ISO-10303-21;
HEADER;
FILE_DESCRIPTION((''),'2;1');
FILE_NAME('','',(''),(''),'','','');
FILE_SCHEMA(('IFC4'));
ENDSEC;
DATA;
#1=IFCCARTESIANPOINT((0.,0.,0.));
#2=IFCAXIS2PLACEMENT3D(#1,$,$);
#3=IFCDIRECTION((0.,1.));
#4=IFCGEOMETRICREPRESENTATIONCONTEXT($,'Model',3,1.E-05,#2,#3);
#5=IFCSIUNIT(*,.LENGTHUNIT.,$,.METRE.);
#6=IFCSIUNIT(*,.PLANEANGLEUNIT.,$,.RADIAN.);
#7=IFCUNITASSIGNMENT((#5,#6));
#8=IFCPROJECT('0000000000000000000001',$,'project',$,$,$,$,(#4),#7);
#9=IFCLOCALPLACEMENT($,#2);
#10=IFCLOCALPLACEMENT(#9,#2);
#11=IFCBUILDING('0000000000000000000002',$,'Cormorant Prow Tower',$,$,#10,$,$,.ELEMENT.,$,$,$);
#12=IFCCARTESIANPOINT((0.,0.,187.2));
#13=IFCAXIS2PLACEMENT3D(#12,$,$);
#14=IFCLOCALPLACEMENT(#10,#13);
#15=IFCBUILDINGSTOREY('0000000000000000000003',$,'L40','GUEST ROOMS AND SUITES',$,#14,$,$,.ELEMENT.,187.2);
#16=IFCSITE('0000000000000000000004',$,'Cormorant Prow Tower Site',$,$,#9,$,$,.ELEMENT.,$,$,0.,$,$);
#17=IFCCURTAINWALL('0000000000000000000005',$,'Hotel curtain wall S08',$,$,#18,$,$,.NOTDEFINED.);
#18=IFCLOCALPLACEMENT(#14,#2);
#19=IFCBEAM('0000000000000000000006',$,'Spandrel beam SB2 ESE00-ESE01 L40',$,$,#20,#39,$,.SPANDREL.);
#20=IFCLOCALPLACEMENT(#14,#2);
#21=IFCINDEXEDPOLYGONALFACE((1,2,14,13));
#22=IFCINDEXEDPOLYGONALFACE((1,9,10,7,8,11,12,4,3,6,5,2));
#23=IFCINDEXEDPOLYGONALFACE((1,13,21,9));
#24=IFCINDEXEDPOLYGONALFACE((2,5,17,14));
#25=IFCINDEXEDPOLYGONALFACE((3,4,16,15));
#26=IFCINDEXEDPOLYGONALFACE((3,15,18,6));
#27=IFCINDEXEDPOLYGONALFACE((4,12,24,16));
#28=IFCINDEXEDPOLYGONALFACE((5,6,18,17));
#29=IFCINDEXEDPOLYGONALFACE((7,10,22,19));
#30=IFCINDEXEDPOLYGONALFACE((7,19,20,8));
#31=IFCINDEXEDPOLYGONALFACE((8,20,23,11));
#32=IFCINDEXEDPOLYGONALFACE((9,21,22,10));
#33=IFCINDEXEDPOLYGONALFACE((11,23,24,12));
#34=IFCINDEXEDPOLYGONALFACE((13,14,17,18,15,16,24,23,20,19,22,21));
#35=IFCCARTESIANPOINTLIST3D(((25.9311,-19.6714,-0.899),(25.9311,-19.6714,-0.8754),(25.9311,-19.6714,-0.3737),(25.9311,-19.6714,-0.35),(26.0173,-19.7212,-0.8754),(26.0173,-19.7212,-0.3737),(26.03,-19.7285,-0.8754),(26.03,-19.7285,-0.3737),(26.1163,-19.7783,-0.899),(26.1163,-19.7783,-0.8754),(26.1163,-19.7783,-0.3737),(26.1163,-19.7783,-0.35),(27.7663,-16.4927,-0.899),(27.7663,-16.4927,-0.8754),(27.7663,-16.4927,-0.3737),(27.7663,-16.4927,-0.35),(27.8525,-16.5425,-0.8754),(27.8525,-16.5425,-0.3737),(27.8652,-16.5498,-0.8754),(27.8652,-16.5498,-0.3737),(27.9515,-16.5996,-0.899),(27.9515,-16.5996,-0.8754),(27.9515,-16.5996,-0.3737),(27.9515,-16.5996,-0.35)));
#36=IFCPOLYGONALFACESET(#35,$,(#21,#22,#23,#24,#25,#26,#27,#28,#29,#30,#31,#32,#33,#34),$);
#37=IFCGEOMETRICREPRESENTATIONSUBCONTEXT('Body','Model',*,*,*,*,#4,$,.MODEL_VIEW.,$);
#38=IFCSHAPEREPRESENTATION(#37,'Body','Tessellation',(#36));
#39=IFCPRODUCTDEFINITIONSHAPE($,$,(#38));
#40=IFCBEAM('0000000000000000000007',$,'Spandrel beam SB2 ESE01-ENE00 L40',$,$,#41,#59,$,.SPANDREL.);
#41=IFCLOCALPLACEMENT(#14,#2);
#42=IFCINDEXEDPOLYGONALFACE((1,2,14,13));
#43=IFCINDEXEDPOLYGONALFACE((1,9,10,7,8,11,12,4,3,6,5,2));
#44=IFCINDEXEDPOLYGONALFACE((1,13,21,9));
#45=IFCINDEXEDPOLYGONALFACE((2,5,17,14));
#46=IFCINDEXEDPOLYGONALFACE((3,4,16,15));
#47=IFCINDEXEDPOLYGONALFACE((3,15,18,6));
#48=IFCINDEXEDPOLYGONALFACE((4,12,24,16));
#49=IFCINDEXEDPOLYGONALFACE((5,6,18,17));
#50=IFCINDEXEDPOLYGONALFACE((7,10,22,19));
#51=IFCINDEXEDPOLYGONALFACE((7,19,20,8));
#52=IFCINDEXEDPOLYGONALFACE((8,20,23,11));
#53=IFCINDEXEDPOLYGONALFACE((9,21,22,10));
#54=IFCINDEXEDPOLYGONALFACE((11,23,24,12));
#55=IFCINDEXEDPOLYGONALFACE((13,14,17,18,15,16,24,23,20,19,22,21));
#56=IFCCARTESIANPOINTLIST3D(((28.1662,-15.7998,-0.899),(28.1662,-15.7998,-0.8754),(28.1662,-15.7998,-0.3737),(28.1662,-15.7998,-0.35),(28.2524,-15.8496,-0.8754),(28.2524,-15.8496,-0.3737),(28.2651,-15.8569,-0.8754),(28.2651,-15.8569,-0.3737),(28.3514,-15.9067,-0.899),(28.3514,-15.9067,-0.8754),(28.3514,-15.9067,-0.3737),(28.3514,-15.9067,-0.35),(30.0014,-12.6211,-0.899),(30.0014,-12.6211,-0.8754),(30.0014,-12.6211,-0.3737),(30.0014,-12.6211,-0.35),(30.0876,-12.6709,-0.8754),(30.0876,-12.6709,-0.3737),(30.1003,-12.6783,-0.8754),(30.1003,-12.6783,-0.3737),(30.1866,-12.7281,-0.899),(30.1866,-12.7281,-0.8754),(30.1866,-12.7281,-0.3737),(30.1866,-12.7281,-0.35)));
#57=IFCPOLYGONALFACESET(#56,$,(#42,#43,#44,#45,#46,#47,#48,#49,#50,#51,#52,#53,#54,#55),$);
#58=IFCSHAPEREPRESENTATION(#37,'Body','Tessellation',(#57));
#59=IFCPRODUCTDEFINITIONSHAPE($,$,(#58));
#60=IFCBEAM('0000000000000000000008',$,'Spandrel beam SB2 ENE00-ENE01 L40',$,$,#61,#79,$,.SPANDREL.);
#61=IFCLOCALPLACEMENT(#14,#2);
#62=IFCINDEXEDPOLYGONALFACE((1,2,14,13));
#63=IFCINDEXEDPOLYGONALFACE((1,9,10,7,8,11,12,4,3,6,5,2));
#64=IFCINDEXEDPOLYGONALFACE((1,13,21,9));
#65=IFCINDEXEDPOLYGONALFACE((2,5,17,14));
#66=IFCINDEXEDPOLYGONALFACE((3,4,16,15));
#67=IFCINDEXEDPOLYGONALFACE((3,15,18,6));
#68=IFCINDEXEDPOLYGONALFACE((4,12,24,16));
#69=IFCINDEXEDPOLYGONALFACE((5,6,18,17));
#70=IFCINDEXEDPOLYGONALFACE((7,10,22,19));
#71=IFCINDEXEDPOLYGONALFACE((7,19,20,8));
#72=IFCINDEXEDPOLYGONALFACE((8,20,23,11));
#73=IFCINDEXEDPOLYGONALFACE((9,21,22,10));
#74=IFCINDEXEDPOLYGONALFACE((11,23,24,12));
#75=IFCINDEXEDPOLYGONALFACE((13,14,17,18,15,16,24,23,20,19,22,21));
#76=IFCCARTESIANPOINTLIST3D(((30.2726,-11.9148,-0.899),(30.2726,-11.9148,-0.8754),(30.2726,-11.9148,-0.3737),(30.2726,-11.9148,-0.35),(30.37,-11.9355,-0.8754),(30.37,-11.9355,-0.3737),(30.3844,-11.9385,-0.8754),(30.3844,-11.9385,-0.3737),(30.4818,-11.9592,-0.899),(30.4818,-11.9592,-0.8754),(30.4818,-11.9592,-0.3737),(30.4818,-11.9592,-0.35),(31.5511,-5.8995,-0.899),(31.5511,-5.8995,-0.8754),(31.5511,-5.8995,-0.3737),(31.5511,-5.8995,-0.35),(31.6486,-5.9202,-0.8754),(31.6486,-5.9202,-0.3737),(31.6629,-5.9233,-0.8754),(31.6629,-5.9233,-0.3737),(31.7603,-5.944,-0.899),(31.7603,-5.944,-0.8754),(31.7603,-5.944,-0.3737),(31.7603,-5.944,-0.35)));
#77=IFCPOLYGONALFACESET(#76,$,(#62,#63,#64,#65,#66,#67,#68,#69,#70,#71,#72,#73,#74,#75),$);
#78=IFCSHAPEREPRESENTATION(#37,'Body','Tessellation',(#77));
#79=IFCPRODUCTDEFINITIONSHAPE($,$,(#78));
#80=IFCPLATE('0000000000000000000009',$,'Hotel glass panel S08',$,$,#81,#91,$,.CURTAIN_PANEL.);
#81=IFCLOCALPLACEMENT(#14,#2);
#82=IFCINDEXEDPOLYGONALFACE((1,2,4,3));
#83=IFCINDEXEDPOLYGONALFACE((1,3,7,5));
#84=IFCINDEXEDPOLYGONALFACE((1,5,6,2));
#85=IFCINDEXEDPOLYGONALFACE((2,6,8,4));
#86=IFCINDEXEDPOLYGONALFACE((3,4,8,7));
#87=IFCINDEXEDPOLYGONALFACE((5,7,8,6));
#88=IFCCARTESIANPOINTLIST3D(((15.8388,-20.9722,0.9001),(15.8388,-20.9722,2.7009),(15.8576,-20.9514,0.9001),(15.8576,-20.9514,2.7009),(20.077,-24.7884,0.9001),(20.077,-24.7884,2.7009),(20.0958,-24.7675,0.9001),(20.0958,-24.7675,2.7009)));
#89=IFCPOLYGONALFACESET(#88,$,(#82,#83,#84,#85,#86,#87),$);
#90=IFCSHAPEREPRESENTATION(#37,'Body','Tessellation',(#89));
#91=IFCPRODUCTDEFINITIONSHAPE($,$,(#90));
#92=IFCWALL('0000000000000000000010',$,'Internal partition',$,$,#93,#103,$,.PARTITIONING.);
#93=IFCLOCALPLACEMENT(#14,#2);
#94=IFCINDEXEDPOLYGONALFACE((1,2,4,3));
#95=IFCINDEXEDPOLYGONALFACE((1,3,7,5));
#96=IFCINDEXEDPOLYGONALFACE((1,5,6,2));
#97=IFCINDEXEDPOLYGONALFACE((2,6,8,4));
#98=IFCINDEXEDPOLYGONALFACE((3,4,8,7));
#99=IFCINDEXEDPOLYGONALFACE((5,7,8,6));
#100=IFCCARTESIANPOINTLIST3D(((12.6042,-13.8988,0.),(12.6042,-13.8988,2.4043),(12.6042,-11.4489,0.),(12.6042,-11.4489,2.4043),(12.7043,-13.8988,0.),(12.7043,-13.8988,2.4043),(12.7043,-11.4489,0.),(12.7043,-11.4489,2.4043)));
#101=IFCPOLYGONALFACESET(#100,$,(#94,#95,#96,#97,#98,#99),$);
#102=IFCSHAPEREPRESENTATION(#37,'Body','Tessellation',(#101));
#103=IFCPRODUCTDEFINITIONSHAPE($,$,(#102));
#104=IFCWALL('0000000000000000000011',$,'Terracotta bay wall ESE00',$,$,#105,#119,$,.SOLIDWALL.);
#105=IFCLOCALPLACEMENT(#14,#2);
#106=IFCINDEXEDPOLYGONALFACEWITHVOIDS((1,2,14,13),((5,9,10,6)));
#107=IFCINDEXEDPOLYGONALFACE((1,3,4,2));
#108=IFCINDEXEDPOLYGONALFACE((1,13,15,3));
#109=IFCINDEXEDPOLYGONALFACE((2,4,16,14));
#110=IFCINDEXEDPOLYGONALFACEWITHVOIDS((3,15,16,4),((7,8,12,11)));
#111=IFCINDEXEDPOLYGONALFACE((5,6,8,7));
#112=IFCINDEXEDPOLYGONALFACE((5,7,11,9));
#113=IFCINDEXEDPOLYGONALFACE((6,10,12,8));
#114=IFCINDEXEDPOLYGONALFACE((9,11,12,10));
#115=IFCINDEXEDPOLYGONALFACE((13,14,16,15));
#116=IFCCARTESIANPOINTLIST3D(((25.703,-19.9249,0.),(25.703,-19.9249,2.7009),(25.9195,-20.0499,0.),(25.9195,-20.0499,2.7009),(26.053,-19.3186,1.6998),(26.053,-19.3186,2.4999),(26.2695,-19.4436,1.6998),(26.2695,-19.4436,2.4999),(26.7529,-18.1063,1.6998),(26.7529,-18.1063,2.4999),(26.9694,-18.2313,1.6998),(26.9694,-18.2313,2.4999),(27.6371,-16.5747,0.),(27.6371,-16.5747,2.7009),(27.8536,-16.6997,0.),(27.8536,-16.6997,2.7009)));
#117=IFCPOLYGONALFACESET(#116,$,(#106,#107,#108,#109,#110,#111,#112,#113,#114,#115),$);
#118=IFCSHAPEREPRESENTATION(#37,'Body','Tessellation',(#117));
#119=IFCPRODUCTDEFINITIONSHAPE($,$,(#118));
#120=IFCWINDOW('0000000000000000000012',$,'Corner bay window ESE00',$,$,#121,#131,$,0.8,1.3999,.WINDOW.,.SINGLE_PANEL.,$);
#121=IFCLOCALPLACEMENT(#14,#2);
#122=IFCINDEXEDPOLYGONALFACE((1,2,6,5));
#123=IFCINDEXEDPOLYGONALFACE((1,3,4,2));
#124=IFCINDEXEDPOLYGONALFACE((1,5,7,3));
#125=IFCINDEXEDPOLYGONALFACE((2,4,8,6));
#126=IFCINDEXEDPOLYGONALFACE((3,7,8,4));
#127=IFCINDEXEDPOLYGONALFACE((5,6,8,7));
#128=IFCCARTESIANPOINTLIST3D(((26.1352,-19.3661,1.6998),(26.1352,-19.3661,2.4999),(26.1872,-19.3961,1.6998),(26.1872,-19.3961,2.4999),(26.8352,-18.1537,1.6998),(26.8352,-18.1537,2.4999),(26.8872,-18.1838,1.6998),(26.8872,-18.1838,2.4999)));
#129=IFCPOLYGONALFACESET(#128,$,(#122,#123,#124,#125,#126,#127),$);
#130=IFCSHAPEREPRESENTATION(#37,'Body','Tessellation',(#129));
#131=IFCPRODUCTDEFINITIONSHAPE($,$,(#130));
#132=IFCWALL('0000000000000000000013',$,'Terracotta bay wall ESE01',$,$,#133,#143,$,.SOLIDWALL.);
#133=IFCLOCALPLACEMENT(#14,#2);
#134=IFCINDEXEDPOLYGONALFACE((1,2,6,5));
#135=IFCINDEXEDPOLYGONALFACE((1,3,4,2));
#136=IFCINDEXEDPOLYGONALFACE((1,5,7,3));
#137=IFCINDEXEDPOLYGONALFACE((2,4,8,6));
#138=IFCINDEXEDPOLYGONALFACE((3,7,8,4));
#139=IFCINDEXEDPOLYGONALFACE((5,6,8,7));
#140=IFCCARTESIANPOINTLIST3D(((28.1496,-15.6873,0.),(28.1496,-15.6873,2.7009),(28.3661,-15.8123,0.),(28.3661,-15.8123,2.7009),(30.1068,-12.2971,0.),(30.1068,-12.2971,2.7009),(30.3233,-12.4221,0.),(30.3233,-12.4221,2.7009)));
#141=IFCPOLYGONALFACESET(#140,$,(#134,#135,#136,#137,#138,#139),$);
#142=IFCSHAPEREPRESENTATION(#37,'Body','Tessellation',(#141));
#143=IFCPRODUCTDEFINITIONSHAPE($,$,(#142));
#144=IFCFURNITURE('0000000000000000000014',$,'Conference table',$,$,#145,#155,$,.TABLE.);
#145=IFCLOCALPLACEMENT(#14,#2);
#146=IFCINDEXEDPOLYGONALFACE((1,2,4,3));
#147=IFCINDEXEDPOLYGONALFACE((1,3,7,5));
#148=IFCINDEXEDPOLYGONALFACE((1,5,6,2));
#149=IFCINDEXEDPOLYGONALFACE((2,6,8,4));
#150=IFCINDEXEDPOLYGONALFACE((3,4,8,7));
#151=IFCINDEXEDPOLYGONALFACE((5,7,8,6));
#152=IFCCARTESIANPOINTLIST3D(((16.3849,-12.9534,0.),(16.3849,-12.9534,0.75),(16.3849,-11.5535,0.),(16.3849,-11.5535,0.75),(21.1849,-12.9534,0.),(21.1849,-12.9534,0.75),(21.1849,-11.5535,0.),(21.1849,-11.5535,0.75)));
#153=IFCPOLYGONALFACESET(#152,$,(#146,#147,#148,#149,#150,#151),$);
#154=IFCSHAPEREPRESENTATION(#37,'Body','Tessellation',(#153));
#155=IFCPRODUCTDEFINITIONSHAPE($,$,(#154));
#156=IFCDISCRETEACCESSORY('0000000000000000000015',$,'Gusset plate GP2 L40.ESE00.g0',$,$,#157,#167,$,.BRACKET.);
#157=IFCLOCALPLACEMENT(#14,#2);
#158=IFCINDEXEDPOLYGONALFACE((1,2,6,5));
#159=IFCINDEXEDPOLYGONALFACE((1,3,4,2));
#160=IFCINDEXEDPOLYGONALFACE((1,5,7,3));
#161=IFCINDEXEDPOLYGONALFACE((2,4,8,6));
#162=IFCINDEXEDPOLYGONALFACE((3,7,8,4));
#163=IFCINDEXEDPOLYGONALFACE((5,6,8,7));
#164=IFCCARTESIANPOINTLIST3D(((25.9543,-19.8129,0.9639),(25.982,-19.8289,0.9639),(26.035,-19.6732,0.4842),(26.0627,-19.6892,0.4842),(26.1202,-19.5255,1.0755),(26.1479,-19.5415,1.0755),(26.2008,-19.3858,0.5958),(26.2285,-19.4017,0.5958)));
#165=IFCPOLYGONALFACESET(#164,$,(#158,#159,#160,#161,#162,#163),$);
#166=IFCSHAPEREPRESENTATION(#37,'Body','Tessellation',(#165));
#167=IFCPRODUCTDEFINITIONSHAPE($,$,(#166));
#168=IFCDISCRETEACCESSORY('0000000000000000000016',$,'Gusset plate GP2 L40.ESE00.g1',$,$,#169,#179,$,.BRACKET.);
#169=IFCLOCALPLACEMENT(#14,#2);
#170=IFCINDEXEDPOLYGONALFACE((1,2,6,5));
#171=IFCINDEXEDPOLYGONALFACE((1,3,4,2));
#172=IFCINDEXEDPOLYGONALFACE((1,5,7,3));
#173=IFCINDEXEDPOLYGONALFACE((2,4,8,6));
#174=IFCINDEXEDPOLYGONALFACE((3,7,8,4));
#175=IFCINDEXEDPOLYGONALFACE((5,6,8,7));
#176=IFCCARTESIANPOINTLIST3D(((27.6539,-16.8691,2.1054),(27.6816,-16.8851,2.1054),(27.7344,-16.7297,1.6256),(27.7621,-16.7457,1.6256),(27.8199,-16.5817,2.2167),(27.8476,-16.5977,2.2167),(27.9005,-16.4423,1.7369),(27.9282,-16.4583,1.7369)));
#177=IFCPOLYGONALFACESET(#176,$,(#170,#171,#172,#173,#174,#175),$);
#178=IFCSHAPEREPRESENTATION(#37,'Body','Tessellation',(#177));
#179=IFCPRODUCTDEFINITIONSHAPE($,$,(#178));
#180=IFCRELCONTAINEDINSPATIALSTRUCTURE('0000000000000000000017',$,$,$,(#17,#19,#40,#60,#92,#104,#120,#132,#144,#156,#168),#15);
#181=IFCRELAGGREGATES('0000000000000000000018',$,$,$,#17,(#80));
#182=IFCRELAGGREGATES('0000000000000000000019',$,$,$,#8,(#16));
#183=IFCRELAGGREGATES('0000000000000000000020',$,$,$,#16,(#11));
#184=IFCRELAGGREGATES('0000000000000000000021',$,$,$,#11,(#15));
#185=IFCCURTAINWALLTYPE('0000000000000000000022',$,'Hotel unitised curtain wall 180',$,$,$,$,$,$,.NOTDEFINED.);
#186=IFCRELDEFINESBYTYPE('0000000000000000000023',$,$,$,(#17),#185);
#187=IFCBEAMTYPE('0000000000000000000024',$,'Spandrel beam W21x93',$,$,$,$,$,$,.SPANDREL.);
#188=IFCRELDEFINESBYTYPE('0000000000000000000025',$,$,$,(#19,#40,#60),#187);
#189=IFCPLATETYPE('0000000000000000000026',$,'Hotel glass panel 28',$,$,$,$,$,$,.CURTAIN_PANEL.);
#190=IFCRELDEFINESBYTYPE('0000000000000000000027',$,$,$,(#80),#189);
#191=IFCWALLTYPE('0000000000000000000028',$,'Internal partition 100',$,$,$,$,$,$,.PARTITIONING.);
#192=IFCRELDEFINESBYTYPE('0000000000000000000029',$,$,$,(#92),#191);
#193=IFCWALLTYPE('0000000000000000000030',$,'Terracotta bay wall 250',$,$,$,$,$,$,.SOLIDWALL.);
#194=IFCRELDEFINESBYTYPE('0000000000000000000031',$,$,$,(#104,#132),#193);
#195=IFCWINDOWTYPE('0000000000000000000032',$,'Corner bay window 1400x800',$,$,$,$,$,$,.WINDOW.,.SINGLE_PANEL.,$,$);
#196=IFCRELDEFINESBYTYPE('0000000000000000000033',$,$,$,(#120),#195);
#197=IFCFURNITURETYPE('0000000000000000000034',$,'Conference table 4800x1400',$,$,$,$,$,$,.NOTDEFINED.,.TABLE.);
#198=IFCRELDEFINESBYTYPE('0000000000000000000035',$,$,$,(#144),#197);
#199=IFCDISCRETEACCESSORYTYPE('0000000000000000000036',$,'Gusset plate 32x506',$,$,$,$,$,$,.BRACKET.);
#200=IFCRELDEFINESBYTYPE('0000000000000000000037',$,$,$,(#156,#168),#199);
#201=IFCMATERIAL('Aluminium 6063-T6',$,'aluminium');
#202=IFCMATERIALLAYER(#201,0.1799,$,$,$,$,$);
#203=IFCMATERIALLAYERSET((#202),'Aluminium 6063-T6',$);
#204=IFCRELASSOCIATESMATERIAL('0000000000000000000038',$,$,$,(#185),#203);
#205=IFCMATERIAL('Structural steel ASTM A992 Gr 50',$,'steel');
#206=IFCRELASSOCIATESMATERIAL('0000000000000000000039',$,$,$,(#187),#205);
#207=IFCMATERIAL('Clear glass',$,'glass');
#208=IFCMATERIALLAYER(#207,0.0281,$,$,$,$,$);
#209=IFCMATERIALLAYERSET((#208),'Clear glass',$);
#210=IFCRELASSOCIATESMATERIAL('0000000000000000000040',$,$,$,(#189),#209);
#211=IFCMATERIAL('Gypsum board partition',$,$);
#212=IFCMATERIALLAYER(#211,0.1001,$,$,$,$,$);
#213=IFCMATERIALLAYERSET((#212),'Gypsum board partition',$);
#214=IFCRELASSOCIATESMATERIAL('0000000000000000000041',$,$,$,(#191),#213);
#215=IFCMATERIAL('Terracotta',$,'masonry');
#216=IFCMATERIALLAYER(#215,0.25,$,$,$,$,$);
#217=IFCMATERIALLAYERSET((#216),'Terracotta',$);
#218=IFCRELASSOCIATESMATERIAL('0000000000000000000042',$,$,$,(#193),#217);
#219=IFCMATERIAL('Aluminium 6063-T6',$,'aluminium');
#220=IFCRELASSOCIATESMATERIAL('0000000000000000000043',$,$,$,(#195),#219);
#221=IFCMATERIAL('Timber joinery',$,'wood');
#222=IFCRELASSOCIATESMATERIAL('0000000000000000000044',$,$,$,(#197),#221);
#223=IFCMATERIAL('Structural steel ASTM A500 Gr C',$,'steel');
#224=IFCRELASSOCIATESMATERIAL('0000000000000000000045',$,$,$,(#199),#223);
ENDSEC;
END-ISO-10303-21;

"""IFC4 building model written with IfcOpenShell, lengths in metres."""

from ifc_helpers import new_model, si_unit, direction, frame, frame_2d, origin, origin_2d, place, context, subcontext, project, spatial, rectangle, i_section, extrude, material, layer, layer_set, material_profile, profile_set, type_object, element, fill, aggregate, save


model = new_model("IFC4")

# Units and contexts
model_context = context("Model", 3, precision=1e-05, world=origin(), true_north=direction((0.0, 1.0)))
body_context = subcontext(model_context, "Body", "Model", "MODEL_VIEW")
ifc_project = project(units=[si_unit("LENGTHUNIT", "METRE"), si_unit("PLANEANGLEUNIT", "RADIAN")], contexts=[model_context])

# Site, building, storey
site_placement = place(None, origin())
site = spatial("IfcSite", under=ifc_project, at=site_placement, Name="Cormorant Prow Tower Site", CompositionType="ELEMENT", RefElevation=0.0)
building_placement = place(site_placement, origin())
building = spatial("IfcBuilding", under=site, at=building_placement, Name="Cormorant Prow Tower", CompositionType="ELEMENT")
storey_placement = place(building_placement, frame((0.0, 0.0, 187.2)))
storey = spatial("IfcBuildingStorey", under=building, at=storey_placement, Name="L40", Description="GUEST ROOMS AND SUITES", CompositionType="ELEMENT", Elevation=187.2)

# Curtain wall
ifc_material_1 = material(Name="Aluminium 6063-T6", Category="aluminium")
ifc_layer_1 = layer(ifc_material_1, 0.1799)
ifc_layer_set_1 = layer_set([ifc_layer_1], Name="Aluminium 6063-T6")
curtain_wall_type = type_object("IfcCurtainWallType", Name="Hotel unitised curtain wall 180", PredefinedType="NOTDEFINED", material=ifc_layer_set_1)
curtain_wall_placement = place(storey_placement, origin())
curtain_wall = element("IfcCurtainWall", 1, at=curtain_wall_placement, inside=storey, type_object=curtain_wall_type, Name="Hotel curtain wall S08", PredefinedType="NOTDEFINED")

# Beams
ifc_material_2 = material(Name="Structural steel ASTM A992 Gr 50", Category="steel")
ifc_material_profile_1 = material_profile(ifc_material_2, i_section(OverallWidth=0.2139, OverallDepth=0.5491, WebThickness=0.0146, FlangeThickness=0.0237, at=origin_2d()), Name="W21x93")
ifc_profile_set_1 = profile_set([ifc_material_profile_1], Name="Structural steel ASTM A992 Gr 50")
beam_type = type_object("IfcBeamType", Name="Spandrel beam W21x93", PredefinedType="SPANDREL", material=ifc_profile_set_1)
for number, where, z_axis, x_axis, name in (
    (2, (26.0237, -19.7249, -0.6245), (0.499995, 0.866028, 0.0), (-0.866028, 0.499995, 0.0), "Spandrel beam SB2 ESE00-ESE01 L40"),
    (3, (28.2588, -15.8533, -0.6245), (0.499995, 0.866028, 0.0), (-0.866028, 0.499995, 0.0), "Spandrel beam SB2 ESE01-ENE00 L40"),
):
    element("IfcBeam", number, at=place(storey_placement, frame(where, z_axis=z_axis, x_axis=x_axis)), inside=storey, type_object=beam_type, Name=name, PredefinedType="SPANDREL", context=body_context, shape_type="SweptSolid", body=[
        extrude(i_section(OverallWidth=0.2139, OverallDepth=0.5491, WebThickness=0.0146, FlangeThickness=0.0237, at=origin_2d()), origin(), (0.0, 0.0, 1.0), 3.6704),
    ])
beam_1_placement = place(storey_placement, frame((30.3772, -11.937, -0.6245), z_axis=(0.207905, 0.978149, 0.0), x_axis=(-0.978149, 0.207905, 0.0)))
element("IfcBeam", 4, at=beam_1_placement, inside=storey, type_object=beam_type, Name="Spandrel beam SB2 ENE00-ENE01 L40", PredefinedType="SPANDREL", context=body_context, shape_type="SweptSolid", body=[
    extrude(i_section(OverallWidth=0.2139, OverallDepth=0.5491, WebThickness=0.0146, FlangeThickness=0.0237, at=origin_2d()), origin(), (0.0, 0.0, 1.0), 6.1497),
])

# Plate
ifc_material_3 = material(Name="Clear glass", Category="glass")
ifc_layer_2 = layer(ifc_material_3, 0.0281)
ifc_layer_set_2 = layer_set([ifc_layer_2], Name="Clear glass")
plate_type = type_object("IfcPlateType", Name="Hotel glass panel 28", PredefinedType="CURTAIN_PANEL", material=ifc_layer_set_2)
plate_placement = place(storey_placement, frame((17.9673, -22.8699, 0.9001), z_axis=(0.0, 0.0, 1.0), x_axis=(0.743145, -0.669131, 0.0)))
plate = element("IfcPlate", 5, at=plate_placement, type_object=plate_type, Name="Hotel glass panel S08", PredefinedType="CURTAIN_PANEL", context=body_context, shape_type="SweptSolid", body=[
    extrude(rectangle(XDim=5.7031, YDim=0.0281, at=origin_2d()), origin(), (0.0, 0.0, 1.0), 1.8008),
])
aggregate(curtain_wall, [plate])

# Wall
ifc_material_4 = material(Name="Gypsum board partition")
ifc_layer_3 = layer(ifc_material_4, 0.1001)
ifc_layer_set_3 = layer_set([ifc_layer_3], Name="Gypsum board partition")
wall_type_1 = type_object("IfcWallType", Name="Internal partition 100", PredefinedType="PARTITIONING", material=ifc_layer_set_3)
wall_1_placement = place(storey_placement, frame((12.6543, -13.8989, 0.0), z_axis=(0.0, 0.0, 1.0), x_axis=(0.0, 1.0, 0.0)))
element("IfcWall", 6, at=wall_1_placement, inside=storey, type_object=wall_type_1, Name="Internal partition", PredefinedType="PARTITIONING", context=body_context, shape_type="SweptSolid", body=[
    extrude(rectangle(XDim=2.45, YDim=0.1001, at=frame_2d((1.2251, 0.0))), origin(), (0.0, 0.0, 1.0), 2.4043),
])

# Wall, opening, window
ifc_material_5 = material(Name="Terracotta", Category="masonry")
ifc_layer_4 = layer(ifc_material_5, 0.25)
ifc_layer_set_4 = layer_set([ifc_layer_4], Name="Terracotta")
wall_type_2 = type_object("IfcWallType", Name="Terracotta bay wall 250", PredefinedType="SOLIDWALL", material=ifc_layer_set_4)
wall_2_placement = place(storey_placement, frame((25.8113, -19.9873, 0.0), z_axis=(0.0, 0.0, 1.0), x_axis=(0.499981, 0.866036, 0.0)))
wall_2 = element("IfcWall", 7, at=wall_2_placement, inside=storey, type_object=wall_type_2, Name="Terracotta bay wall ESE00", PredefinedType="SOLIDWALL", context=body_context, shape_type="SweptSolid", body=[
    extrude(rectangle(XDim=3.8684, YDim=0.25, at=frame_2d((1.9341, 0.0))), origin(), (0.0, 0.0, 1.0), 2.7009),
])
opening_1_placement = place(wall_2_placement, frame((0.7, 0.0, 1.7)))
opening_1 = element("IfcOpeningElement", 8, at=opening_1_placement, cuts=wall_2, PredefinedType="OPENING", context=body_context, shape_type="SweptSolid", body=[
    extrude(rectangle(XDim=1.3999, YDim=0.8, at=frame_2d((0.7, 0.3999))), frame((0.0, 0.135, 0.0), z_axis=(0.0, -1.0, 0.0), x_axis=(1.0, 0.0, 0.0)), (0.0, 0.0, 1.0), 0.27),
])
ifc_material_6 = material(Name="Aluminium 6063-T6", Category="aluminium")
window_type = type_object("IfcWindowType", Name="Corner bay window 1400x800", PartitioningType="SINGLE_PANEL", PredefinedType="WINDOW", material=ifc_material_6)
window_placement = place(opening_1_placement, origin())
window = element("IfcWindow", 9, at=window_placement, inside=storey, type_object=window_type, Name="Corner bay window ESE00", OverallHeight=0.8, OverallWidth=1.3999, PartitioningType="SINGLE_PANEL", PredefinedType="WINDOW", context=body_context, shape_type="SweptSolid", body=[
    extrude(rectangle(XDim=1.3999, YDim=0.8, at=frame_2d((0.7, 0.3999))), frame((0.0, 0.03, 0.0), z_axis=(0.0, -1.0, 0.0), x_axis=(1.0, 0.0, 0.0)), (0.0, 0.0, 1.0), 0.0601),
])
fill(opening_1, window)

# Wall
wall_3_placement = place(storey_placement, frame((28.2578, -15.7498, 0.0), z_axis=(0.0, 0.0, 1.0), x_axis=(0.499996, 0.866028, 0.0)))
element("IfcWall", 10, at=wall_3_placement, inside=storey, type_object=wall_type_2, Name="Terracotta bay wall ESE01", PredefinedType="SOLIDWALL", context=body_context, shape_type="SweptSolid", body=[
    extrude(rectangle(XDim=3.9146, YDim=0.25, at=frame_2d((1.9573, 0.0))), origin(), (0.0, 0.0, 1.0), 2.7009),
])

# Furniture
ifc_material_7 = material(Name="Timber joinery", Category="wood")
furniture_type = type_object("IfcFurnitureType", Name="Conference table 4800x1400", AssemblyPlace="NOTDEFINED", PredefinedType="TABLE", material=ifc_material_7)
furniture_placement = place(storey_placement, frame((18.7849, -12.2534, 0.0), z_axis=(0.0, 0.0, 1.0), x_axis=(1.0, 0.0, 0.0)))
element("IfcFurniture", 11, at=furniture_placement, inside=storey, type_object=furniture_type, Name="Conference table", PredefinedType="TABLE", context=body_context, shape_type="SweptSolid", body=[
    extrude(rectangle(XDim=4.8, YDim=1.3999, at=origin_2d()), origin(), (0.0, 0.0, 1.0), 0.75),
])

# Discrete accessories
ifc_material_8 = material(Name="Structural steel ASTM A500 Gr C", Category="steel")
ifc_material_profile_2 = material_profile(ifc_material_8, rectangle(XDim=0.032, YDim=0.5061, at=origin_2d()), Name="Gusset plate 32x506")
ifc_profile_set_2 = profile_set([ifc_material_profile_2], Name="Structural steel ASTM A500 Gr C")
discrete_accessory_type = type_object("IfcDiscreteAccessoryType", Name="Gusset plate 32x506", PredefinedType="BRACKET", material=ifc_profile_set_2)
for number, where, z_axis, x_axis, name in (
    (12, (26.1743, -19.4636, 0.8357), (-0.473632, -0.821008, -0.318777), (0.866198, -0.499701, 0.0), "Gusset plate GP2 L40.ESE00.g0"),
    (13, (27.708, -16.8074, 1.8655), (0.474278, 0.820919, 0.318045), (-0.865879, 0.500253, 0.0), "Gusset plate GP2 L40.ESE00.g1"),
):
    element("IfcDiscreteAccessory", number, at=place(storey_placement, frame(where, z_axis=z_axis, x_axis=x_axis)), inside=storey, type_object=discrete_accessory_type, Name=name, PredefinedType="BRACKET", context=body_context, shape_type="SweptSolid", body=[
        extrude(rectangle(XDim=0.032, YDim=0.5061, at=origin_2d()), origin(), (0.0, 0.0, 1.0), 0.3501),
    ])

save(model, "model.ifc")
